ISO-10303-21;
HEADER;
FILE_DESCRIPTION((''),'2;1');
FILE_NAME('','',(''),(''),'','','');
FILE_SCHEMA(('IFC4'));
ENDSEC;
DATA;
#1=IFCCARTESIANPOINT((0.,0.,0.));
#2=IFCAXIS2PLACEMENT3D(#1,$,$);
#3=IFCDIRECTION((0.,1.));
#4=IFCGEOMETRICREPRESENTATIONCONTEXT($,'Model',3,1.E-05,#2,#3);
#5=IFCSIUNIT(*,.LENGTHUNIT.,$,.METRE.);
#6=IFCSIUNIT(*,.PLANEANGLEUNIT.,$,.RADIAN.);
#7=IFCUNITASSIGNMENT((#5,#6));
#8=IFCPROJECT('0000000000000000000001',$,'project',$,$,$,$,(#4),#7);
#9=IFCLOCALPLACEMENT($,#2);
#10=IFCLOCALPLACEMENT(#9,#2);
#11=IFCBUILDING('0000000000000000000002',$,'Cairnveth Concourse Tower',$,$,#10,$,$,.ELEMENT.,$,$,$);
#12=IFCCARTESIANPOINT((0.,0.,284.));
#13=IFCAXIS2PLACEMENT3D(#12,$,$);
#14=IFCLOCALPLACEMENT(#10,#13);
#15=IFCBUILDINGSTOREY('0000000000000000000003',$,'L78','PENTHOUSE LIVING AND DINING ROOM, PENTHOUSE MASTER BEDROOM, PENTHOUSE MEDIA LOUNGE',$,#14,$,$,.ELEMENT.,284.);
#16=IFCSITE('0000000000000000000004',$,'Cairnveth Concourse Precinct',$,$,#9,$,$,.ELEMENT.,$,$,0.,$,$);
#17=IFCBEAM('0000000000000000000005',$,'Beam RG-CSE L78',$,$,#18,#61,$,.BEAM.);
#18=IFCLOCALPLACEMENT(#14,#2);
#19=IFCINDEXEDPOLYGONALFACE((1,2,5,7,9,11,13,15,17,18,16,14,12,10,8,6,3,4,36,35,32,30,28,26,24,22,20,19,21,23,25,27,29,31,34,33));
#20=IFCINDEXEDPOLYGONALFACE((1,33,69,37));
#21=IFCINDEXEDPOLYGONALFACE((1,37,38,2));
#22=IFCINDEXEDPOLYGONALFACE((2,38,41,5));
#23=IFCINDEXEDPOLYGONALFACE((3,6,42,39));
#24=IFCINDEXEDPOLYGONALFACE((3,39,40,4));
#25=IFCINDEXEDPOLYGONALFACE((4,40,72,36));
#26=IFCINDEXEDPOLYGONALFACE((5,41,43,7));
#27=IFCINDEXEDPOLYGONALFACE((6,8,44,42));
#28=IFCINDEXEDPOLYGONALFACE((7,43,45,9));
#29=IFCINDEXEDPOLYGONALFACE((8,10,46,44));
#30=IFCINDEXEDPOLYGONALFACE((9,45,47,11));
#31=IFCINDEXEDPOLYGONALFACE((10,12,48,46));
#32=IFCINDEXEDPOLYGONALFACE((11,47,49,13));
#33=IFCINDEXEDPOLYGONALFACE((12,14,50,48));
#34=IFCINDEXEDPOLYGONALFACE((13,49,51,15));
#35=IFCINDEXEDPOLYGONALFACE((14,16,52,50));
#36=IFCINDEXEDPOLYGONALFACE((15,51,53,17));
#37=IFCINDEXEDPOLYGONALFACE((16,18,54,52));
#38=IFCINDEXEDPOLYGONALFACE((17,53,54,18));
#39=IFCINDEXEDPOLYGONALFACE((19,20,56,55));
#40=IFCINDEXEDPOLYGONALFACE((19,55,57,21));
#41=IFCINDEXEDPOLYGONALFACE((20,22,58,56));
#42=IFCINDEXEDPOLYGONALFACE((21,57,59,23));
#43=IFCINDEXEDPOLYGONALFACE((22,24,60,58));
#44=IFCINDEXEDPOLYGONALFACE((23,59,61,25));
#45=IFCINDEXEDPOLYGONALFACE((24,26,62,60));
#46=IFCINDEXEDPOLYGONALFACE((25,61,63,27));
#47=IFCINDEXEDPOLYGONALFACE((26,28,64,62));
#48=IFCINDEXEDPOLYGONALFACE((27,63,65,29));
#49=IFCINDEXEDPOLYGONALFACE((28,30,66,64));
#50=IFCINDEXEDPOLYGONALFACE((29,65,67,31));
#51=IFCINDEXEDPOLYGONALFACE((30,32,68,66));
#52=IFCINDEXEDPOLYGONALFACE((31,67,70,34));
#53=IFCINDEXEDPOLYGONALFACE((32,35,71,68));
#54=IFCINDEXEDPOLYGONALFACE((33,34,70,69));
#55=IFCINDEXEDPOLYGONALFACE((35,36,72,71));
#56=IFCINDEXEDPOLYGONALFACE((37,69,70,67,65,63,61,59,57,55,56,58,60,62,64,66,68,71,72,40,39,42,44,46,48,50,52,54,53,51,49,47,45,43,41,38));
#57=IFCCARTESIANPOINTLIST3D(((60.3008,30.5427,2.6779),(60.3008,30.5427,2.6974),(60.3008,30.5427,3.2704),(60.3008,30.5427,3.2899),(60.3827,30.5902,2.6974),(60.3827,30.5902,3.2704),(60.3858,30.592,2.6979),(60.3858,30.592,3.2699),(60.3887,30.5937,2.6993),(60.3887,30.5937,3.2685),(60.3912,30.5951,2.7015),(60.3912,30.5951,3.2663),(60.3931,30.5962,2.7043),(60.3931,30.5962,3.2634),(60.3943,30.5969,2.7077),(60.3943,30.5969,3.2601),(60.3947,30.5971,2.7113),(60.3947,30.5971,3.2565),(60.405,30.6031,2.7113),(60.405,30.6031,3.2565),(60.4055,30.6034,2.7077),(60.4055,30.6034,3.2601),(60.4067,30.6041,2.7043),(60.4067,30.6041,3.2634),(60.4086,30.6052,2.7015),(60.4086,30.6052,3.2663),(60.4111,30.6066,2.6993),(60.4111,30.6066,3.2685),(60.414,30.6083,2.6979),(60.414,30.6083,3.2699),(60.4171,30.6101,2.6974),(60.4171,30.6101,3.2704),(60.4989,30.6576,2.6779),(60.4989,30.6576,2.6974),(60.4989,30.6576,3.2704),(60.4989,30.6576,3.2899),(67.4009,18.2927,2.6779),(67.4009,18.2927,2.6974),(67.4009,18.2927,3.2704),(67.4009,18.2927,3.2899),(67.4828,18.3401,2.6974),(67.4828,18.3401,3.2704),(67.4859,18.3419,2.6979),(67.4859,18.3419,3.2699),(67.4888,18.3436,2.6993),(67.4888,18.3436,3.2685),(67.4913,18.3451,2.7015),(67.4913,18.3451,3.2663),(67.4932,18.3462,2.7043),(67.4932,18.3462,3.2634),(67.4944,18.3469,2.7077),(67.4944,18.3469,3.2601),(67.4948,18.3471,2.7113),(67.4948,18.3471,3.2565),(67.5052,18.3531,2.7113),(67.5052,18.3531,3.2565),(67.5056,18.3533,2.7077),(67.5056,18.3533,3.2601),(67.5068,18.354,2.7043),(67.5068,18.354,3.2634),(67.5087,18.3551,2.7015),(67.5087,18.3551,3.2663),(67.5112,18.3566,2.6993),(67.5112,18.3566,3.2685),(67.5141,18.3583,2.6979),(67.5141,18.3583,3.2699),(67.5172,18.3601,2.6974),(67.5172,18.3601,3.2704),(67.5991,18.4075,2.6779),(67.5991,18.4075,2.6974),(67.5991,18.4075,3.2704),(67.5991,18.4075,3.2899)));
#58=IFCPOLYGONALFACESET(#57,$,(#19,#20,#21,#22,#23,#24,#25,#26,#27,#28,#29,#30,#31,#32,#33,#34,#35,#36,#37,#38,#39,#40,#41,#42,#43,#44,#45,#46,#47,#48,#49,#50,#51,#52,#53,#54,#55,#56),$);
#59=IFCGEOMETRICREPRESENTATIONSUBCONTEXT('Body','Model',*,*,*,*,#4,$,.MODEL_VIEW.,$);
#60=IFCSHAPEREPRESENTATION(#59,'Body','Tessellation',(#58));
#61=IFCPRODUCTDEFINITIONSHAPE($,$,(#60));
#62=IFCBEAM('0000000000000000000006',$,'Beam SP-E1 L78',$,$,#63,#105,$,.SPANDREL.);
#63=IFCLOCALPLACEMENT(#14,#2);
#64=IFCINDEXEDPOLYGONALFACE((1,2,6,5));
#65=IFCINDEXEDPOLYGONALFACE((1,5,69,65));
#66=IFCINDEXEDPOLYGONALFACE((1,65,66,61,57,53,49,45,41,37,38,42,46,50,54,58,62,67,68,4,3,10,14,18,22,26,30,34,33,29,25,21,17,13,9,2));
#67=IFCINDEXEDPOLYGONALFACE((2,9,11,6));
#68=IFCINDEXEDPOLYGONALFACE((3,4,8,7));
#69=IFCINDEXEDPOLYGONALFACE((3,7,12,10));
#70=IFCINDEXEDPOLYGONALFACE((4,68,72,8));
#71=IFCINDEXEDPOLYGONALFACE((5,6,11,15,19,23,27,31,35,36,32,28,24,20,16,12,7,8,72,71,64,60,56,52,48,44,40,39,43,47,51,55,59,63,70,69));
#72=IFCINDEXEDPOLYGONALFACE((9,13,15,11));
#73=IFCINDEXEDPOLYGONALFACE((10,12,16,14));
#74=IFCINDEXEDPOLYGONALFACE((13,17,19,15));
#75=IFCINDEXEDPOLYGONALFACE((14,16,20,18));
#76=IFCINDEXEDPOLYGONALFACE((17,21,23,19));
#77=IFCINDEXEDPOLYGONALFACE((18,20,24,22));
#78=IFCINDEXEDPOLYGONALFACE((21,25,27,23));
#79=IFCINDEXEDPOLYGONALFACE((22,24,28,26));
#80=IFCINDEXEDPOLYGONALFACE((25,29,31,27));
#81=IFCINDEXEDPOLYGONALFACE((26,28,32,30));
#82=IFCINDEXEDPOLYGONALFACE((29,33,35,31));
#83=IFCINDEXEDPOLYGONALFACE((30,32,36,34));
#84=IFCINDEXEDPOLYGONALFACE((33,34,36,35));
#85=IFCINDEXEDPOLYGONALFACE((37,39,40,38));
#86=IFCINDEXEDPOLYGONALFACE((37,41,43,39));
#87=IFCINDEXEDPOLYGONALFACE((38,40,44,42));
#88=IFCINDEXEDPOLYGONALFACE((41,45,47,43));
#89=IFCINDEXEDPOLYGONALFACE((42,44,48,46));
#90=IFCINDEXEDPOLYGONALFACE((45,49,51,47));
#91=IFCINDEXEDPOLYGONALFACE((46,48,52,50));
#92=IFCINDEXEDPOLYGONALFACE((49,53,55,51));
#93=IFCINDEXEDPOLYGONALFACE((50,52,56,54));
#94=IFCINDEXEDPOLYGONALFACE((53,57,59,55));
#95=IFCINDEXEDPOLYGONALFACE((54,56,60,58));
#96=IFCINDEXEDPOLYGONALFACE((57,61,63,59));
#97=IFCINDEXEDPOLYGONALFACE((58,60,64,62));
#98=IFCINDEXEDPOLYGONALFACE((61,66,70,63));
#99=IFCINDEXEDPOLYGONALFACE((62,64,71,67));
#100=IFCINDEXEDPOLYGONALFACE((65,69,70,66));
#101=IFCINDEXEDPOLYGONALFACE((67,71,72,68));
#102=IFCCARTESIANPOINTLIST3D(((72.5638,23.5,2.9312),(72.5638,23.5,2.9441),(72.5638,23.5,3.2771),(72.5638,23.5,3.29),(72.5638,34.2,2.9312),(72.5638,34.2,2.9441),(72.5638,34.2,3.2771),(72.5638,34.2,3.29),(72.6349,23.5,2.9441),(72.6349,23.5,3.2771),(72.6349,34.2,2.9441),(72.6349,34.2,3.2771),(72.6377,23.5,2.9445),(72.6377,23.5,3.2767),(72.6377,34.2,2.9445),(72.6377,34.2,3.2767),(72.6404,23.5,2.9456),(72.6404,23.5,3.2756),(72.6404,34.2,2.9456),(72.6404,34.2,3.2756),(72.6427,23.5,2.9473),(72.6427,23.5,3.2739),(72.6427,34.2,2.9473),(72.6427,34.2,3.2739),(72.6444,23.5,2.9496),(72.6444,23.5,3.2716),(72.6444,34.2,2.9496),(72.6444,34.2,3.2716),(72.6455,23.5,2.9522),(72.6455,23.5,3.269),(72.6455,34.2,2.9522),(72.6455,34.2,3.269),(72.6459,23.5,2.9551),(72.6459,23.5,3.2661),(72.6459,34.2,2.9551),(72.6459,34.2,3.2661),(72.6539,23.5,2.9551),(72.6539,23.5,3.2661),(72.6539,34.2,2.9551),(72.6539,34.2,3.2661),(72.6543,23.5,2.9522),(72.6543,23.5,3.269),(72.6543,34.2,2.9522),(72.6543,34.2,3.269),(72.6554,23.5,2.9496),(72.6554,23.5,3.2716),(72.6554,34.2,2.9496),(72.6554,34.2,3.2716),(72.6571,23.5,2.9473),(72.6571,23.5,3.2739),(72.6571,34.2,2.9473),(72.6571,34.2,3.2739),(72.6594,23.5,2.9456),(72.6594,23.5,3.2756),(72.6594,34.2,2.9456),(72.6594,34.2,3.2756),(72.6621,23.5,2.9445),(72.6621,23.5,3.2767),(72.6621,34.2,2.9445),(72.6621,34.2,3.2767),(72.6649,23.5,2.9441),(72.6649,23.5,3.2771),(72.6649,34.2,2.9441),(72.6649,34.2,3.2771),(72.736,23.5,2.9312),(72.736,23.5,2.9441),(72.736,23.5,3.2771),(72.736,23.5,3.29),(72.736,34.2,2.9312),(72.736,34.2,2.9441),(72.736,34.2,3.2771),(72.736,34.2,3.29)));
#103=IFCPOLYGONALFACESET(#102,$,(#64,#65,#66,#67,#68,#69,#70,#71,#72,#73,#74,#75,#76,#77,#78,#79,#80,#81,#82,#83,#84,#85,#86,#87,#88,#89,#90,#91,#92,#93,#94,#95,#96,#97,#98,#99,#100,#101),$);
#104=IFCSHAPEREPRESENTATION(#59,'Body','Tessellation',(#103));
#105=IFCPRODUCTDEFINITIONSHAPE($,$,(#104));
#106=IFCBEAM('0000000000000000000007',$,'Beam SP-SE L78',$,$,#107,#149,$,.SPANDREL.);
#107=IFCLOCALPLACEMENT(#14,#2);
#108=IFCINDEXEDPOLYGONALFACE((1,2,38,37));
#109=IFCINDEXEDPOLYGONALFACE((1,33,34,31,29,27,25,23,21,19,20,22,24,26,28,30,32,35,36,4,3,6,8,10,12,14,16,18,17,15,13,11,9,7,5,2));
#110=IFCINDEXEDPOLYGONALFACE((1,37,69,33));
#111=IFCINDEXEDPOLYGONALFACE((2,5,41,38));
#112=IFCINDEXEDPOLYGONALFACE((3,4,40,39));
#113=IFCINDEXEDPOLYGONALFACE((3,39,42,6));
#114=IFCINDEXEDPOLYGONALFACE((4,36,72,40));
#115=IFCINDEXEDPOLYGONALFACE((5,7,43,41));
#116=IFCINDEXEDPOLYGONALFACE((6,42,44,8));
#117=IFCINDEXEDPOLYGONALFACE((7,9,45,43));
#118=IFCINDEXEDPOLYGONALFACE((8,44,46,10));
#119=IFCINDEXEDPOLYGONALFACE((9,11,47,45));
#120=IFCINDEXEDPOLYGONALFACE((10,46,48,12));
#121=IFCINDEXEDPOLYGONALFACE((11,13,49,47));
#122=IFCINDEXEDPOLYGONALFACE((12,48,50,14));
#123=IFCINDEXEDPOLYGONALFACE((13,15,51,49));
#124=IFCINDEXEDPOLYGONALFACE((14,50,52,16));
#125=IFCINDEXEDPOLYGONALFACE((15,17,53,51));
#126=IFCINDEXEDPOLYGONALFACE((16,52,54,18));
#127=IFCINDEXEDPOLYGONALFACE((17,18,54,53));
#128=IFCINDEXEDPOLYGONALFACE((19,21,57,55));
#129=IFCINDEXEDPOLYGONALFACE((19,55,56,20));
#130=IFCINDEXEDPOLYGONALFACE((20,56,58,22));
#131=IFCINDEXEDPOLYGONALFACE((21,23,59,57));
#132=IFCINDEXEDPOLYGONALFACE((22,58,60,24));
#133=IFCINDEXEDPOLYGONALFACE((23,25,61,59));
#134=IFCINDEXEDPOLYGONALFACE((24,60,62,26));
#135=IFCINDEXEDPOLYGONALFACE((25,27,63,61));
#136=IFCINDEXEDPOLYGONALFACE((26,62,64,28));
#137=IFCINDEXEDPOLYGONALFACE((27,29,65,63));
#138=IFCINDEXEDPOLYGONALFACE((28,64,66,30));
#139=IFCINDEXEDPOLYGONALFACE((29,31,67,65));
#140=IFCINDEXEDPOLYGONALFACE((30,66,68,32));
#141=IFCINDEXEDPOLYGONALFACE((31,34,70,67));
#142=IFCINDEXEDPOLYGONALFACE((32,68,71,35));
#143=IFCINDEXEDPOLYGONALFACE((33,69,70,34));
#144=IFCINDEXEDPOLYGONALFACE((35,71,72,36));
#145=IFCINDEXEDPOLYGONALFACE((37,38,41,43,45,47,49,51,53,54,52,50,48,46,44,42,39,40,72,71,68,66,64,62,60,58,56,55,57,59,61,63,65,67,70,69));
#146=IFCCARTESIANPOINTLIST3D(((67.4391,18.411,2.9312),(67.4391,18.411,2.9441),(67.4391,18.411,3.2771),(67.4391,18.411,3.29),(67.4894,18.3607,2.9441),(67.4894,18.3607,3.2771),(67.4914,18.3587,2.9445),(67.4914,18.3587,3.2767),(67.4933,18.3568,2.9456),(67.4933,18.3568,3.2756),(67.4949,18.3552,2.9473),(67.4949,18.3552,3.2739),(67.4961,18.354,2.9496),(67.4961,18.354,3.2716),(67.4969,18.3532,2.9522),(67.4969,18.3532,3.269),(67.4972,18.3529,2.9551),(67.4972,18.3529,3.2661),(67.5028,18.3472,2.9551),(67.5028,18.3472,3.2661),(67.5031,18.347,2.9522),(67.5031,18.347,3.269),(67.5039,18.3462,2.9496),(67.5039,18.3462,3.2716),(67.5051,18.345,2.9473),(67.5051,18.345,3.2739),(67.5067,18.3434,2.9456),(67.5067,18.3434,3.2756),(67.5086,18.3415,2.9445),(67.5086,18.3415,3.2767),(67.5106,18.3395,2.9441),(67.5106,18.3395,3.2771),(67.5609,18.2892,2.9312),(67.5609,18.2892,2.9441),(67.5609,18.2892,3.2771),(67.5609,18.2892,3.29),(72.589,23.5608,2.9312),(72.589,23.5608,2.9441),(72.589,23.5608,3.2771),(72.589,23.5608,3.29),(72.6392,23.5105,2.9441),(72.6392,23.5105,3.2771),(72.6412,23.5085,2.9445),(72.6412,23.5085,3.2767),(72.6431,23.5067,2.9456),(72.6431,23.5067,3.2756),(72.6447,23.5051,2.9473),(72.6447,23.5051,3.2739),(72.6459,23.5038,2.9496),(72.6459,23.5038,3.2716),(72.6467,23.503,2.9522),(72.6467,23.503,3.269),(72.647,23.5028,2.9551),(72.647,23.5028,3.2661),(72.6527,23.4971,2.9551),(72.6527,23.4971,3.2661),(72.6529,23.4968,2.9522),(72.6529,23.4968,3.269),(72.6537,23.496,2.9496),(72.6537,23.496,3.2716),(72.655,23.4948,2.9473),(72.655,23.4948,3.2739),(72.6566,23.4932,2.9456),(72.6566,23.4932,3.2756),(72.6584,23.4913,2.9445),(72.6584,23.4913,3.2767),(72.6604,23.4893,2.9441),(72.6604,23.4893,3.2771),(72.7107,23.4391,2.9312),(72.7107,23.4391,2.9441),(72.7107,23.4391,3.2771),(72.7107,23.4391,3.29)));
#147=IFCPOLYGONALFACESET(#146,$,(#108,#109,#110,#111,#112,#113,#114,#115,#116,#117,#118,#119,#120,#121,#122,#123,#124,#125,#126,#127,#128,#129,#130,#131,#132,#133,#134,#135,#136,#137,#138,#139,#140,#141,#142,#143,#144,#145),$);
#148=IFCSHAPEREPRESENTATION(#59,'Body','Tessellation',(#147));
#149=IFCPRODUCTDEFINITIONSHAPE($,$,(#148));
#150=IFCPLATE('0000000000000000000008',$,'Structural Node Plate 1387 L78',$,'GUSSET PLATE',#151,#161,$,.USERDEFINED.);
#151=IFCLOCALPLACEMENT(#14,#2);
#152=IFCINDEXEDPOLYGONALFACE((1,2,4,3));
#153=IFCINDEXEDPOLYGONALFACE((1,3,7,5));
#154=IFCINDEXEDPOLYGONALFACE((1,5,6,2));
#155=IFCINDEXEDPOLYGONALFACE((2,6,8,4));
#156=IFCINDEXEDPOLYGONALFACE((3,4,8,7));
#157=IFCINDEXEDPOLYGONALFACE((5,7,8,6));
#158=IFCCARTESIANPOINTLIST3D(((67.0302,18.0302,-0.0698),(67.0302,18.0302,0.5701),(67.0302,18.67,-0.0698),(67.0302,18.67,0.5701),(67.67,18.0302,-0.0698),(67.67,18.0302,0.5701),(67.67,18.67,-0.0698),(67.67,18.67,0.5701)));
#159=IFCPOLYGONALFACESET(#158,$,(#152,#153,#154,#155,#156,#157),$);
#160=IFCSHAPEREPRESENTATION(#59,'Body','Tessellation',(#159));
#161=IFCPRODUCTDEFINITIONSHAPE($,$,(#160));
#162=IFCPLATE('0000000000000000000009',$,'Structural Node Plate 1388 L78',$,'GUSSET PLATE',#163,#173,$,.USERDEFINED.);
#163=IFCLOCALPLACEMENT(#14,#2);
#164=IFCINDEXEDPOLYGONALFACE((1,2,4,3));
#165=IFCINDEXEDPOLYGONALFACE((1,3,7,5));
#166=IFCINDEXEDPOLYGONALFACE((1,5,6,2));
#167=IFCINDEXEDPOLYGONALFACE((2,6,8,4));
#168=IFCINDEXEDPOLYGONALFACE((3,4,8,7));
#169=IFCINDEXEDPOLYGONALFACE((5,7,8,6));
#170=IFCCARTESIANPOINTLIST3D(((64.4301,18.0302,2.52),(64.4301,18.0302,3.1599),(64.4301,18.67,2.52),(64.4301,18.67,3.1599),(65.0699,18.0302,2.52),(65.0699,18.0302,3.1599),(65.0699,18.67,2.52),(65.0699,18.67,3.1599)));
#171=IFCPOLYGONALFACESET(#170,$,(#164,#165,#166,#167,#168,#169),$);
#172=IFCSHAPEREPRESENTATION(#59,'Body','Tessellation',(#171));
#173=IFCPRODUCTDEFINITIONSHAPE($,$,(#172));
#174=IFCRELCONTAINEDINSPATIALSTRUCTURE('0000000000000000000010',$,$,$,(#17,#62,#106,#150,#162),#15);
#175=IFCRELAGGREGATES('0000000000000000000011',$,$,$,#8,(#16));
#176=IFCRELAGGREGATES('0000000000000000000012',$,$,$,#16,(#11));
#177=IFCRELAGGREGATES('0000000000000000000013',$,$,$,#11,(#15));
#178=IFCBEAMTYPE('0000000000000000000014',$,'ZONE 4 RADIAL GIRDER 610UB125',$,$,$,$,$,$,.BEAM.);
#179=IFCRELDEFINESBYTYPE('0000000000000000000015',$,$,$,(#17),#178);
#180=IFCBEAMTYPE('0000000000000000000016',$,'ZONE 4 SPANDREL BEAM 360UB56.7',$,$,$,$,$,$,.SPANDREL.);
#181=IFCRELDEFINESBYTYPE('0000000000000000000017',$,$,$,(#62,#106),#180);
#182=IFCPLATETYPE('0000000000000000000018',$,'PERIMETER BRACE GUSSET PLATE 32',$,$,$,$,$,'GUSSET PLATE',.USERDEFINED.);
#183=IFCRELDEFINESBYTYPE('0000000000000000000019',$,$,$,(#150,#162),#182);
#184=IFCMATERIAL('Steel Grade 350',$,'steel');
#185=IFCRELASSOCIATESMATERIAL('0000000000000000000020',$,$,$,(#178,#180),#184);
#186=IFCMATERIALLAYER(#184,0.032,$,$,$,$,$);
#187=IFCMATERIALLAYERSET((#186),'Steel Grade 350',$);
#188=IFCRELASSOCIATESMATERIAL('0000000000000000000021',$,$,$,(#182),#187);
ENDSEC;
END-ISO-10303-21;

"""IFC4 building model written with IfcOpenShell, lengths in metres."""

from ifc_helpers import new_model, si_unit, direction, frame, origin, origin_2d, place, context, subcontext, project, spatial, rectangle, i_section, extrude, material, layer, layer_set, material_profile, profile_set, type_object, element, save


model = new_model("IFC4")

# Units and contexts
model_context = context("Model", 3, precision=1e-05, world=origin(), true_north=direction((0.0, 1.0)))
body_context = subcontext(model_context, "Body", "Model", "MODEL_VIEW")
ifc_project = project(units=[si_unit("LENGTHUNIT", "METRE"), si_unit("PLANEANGLEUNIT", "RADIAN")], contexts=[model_context])

# Site, building, storey
site_placement = place(None, origin())
site = spatial("IfcSite", under=ifc_project, at=site_placement, Name="Cairnveth Concourse Precinct", CompositionType="ELEMENT", RefElevation=0.0)
building_placement = place(site_placement, origin())
building = spatial("IfcBuilding", under=site, at=building_placement, Name="Cairnveth Concourse Tower", CompositionType="ELEMENT")
storey_placement = place(building_placement, frame((0.0, 0.0, 284.0)))
storey = spatial("IfcBuildingStorey", under=building, at=storey_placement, Name="L78", Description="PENTHOUSE LIVING AND DINING ROOM, PENTHOUSE MASTER BEDROOM, PENTHOUSE MEDIA LOUNGE", CompositionType="ELEMENT", Elevation=284.0)

# Shared definitions
ifc_material_1 = material(Name="Steel Grade 350", Category="steel")

# Beams
ifc_material_profile_1 = material_profile(ifc_material_1, i_section(OverallWidth=0.229, OverallDepth=0.6121, WebThickness=0.012, FlangeThickness=0.0195, FilletRadius=0.0139, at=origin_2d()), Name="610UB125")
ifc_profile_set_1 = profile_set([ifc_material_profile_1], Name="Steel Grade 350")
beam_type_1 = type_object("IfcBeamType", Name="ZONE 4 RADIAL GIRDER 610UB125", PredefinedType="BEAM", material=ifc_profile_set_1)
beam_1_placement = place(storey_placement, frame((67.5, 18.3501, 2.9839), z_axis=(-0.501459, 0.865181, 0.0), x_axis=(-0.865181, -0.501459, 0.0)))
element("IfcBeam", 1, at=beam_1_placement, inside=storey, type_object=beam_type_1, Name="Beam RG-CSE L78", PredefinedType="BEAM", context=body_context, shape_type="SweptSolid", body=[
    extrude(i_section(OverallWidth=0.229, OverallDepth=0.6121, WebThickness=0.012, FlangeThickness=0.0195, FilletRadius=0.0139, at=origin_2d()), origin(), (0.0, 0.0, 1.0), 14.1589),
])
ifc_material_profile_2 = material_profile(ifc_material_1, i_section(OverallWidth=0.1721, OverallDepth=0.3589, WebThickness=0.0081, FlangeThickness=0.0129, FilletRadius=0.011, at=origin_2d()), Name="360UB56.7")
ifc_profile_set_2 = profile_set([ifc_material_profile_2], Name="Steel Grade 350")
beam_type_2 = type_object("IfcBeamType", Name="ZONE 4 SPANDREL BEAM 360UB56.7", PredefinedType="SPANDREL", material=ifc_profile_set_2)
beam_2_placement = place(storey_placement, frame((72.6499, 23.5, 3.1106), z_axis=(0.0, 1.0, 0.0), x_axis=(-1.0, 0.0, 0.0)))
element("IfcBeam", 2, at=beam_2_placement, inside=storey, type_object=beam_type_2, Name="Beam SP-E1 L78", PredefinedType="SPANDREL", context=body_context, shape_type="SweptSolid", body=[
    extrude(i_section(OverallWidth=0.1721, OverallDepth=0.3589, WebThickness=0.0081, FlangeThickness=0.0129, FilletRadius=0.011, at=origin_2d()), origin(), (0.0, 0.0, 1.0), 10.7),
])
beam_3_placement = place(storey_placement, frame((67.5, 18.3501, 3.1106), z_axis=(0.707107, 0.707107, 0.0), x_axis=(-0.707107, 0.707107, 0.0)))
element("IfcBeam", 3, at=beam_3_placement, inside=storey, type_object=beam_type_2, Name="Beam SP-SE L78", PredefinedType="SPANDREL", context=body_context, shape_type="SweptSolid", body=[
    extrude(i_section(OverallWidth=0.1721, OverallDepth=0.3589, WebThickness=0.0081, FlangeThickness=0.0129, FilletRadius=0.011, at=origin_2d()), origin(), (0.0, 0.0, 1.0), 7.283),
])

# Plates
ifc_layer_1 = layer(ifc_material_1, 0.032)
ifc_layer_set_1 = layer_set([ifc_layer_1], Name="Steel Grade 350")
plate_type = type_object("IfcPlateType", Name="PERIMETER BRACE GUSSET PLATE 32", ElementType="GUSSET PLATE", PredefinedType="USERDEFINED", material=ifc_layer_set_1)
for number, where, z_axis, x_axis, name in (
    (4, (67.3501, 18.3501, -0.0698), (0.0, 0.0, 1.0), (1.0, 0.0, 0.0), "Structural Node Plate 1387 L78"),
    (5, (64.75, 18.3501, 2.52), (0.0, 0.0, 1.0), (1.0, 0.0, 0.0), "Structural Node Plate 1388 L78"),
):
    element("IfcPlate", number, at=place(storey_placement, frame(where, z_axis=z_axis, x_axis=x_axis)), inside=storey, type_object=plate_type, Name=name, ObjectType="GUSSET PLATE", PredefinedType="USERDEFINED", context=body_context, shape_type="SweptSolid", body=[
        extrude(rectangle(XDim=0.6399, YDim=0.6399, at=origin_2d()), origin(), (0.0, 0.0, 1.0), 0.6399),
    ])

save(model, "model.ifc")
